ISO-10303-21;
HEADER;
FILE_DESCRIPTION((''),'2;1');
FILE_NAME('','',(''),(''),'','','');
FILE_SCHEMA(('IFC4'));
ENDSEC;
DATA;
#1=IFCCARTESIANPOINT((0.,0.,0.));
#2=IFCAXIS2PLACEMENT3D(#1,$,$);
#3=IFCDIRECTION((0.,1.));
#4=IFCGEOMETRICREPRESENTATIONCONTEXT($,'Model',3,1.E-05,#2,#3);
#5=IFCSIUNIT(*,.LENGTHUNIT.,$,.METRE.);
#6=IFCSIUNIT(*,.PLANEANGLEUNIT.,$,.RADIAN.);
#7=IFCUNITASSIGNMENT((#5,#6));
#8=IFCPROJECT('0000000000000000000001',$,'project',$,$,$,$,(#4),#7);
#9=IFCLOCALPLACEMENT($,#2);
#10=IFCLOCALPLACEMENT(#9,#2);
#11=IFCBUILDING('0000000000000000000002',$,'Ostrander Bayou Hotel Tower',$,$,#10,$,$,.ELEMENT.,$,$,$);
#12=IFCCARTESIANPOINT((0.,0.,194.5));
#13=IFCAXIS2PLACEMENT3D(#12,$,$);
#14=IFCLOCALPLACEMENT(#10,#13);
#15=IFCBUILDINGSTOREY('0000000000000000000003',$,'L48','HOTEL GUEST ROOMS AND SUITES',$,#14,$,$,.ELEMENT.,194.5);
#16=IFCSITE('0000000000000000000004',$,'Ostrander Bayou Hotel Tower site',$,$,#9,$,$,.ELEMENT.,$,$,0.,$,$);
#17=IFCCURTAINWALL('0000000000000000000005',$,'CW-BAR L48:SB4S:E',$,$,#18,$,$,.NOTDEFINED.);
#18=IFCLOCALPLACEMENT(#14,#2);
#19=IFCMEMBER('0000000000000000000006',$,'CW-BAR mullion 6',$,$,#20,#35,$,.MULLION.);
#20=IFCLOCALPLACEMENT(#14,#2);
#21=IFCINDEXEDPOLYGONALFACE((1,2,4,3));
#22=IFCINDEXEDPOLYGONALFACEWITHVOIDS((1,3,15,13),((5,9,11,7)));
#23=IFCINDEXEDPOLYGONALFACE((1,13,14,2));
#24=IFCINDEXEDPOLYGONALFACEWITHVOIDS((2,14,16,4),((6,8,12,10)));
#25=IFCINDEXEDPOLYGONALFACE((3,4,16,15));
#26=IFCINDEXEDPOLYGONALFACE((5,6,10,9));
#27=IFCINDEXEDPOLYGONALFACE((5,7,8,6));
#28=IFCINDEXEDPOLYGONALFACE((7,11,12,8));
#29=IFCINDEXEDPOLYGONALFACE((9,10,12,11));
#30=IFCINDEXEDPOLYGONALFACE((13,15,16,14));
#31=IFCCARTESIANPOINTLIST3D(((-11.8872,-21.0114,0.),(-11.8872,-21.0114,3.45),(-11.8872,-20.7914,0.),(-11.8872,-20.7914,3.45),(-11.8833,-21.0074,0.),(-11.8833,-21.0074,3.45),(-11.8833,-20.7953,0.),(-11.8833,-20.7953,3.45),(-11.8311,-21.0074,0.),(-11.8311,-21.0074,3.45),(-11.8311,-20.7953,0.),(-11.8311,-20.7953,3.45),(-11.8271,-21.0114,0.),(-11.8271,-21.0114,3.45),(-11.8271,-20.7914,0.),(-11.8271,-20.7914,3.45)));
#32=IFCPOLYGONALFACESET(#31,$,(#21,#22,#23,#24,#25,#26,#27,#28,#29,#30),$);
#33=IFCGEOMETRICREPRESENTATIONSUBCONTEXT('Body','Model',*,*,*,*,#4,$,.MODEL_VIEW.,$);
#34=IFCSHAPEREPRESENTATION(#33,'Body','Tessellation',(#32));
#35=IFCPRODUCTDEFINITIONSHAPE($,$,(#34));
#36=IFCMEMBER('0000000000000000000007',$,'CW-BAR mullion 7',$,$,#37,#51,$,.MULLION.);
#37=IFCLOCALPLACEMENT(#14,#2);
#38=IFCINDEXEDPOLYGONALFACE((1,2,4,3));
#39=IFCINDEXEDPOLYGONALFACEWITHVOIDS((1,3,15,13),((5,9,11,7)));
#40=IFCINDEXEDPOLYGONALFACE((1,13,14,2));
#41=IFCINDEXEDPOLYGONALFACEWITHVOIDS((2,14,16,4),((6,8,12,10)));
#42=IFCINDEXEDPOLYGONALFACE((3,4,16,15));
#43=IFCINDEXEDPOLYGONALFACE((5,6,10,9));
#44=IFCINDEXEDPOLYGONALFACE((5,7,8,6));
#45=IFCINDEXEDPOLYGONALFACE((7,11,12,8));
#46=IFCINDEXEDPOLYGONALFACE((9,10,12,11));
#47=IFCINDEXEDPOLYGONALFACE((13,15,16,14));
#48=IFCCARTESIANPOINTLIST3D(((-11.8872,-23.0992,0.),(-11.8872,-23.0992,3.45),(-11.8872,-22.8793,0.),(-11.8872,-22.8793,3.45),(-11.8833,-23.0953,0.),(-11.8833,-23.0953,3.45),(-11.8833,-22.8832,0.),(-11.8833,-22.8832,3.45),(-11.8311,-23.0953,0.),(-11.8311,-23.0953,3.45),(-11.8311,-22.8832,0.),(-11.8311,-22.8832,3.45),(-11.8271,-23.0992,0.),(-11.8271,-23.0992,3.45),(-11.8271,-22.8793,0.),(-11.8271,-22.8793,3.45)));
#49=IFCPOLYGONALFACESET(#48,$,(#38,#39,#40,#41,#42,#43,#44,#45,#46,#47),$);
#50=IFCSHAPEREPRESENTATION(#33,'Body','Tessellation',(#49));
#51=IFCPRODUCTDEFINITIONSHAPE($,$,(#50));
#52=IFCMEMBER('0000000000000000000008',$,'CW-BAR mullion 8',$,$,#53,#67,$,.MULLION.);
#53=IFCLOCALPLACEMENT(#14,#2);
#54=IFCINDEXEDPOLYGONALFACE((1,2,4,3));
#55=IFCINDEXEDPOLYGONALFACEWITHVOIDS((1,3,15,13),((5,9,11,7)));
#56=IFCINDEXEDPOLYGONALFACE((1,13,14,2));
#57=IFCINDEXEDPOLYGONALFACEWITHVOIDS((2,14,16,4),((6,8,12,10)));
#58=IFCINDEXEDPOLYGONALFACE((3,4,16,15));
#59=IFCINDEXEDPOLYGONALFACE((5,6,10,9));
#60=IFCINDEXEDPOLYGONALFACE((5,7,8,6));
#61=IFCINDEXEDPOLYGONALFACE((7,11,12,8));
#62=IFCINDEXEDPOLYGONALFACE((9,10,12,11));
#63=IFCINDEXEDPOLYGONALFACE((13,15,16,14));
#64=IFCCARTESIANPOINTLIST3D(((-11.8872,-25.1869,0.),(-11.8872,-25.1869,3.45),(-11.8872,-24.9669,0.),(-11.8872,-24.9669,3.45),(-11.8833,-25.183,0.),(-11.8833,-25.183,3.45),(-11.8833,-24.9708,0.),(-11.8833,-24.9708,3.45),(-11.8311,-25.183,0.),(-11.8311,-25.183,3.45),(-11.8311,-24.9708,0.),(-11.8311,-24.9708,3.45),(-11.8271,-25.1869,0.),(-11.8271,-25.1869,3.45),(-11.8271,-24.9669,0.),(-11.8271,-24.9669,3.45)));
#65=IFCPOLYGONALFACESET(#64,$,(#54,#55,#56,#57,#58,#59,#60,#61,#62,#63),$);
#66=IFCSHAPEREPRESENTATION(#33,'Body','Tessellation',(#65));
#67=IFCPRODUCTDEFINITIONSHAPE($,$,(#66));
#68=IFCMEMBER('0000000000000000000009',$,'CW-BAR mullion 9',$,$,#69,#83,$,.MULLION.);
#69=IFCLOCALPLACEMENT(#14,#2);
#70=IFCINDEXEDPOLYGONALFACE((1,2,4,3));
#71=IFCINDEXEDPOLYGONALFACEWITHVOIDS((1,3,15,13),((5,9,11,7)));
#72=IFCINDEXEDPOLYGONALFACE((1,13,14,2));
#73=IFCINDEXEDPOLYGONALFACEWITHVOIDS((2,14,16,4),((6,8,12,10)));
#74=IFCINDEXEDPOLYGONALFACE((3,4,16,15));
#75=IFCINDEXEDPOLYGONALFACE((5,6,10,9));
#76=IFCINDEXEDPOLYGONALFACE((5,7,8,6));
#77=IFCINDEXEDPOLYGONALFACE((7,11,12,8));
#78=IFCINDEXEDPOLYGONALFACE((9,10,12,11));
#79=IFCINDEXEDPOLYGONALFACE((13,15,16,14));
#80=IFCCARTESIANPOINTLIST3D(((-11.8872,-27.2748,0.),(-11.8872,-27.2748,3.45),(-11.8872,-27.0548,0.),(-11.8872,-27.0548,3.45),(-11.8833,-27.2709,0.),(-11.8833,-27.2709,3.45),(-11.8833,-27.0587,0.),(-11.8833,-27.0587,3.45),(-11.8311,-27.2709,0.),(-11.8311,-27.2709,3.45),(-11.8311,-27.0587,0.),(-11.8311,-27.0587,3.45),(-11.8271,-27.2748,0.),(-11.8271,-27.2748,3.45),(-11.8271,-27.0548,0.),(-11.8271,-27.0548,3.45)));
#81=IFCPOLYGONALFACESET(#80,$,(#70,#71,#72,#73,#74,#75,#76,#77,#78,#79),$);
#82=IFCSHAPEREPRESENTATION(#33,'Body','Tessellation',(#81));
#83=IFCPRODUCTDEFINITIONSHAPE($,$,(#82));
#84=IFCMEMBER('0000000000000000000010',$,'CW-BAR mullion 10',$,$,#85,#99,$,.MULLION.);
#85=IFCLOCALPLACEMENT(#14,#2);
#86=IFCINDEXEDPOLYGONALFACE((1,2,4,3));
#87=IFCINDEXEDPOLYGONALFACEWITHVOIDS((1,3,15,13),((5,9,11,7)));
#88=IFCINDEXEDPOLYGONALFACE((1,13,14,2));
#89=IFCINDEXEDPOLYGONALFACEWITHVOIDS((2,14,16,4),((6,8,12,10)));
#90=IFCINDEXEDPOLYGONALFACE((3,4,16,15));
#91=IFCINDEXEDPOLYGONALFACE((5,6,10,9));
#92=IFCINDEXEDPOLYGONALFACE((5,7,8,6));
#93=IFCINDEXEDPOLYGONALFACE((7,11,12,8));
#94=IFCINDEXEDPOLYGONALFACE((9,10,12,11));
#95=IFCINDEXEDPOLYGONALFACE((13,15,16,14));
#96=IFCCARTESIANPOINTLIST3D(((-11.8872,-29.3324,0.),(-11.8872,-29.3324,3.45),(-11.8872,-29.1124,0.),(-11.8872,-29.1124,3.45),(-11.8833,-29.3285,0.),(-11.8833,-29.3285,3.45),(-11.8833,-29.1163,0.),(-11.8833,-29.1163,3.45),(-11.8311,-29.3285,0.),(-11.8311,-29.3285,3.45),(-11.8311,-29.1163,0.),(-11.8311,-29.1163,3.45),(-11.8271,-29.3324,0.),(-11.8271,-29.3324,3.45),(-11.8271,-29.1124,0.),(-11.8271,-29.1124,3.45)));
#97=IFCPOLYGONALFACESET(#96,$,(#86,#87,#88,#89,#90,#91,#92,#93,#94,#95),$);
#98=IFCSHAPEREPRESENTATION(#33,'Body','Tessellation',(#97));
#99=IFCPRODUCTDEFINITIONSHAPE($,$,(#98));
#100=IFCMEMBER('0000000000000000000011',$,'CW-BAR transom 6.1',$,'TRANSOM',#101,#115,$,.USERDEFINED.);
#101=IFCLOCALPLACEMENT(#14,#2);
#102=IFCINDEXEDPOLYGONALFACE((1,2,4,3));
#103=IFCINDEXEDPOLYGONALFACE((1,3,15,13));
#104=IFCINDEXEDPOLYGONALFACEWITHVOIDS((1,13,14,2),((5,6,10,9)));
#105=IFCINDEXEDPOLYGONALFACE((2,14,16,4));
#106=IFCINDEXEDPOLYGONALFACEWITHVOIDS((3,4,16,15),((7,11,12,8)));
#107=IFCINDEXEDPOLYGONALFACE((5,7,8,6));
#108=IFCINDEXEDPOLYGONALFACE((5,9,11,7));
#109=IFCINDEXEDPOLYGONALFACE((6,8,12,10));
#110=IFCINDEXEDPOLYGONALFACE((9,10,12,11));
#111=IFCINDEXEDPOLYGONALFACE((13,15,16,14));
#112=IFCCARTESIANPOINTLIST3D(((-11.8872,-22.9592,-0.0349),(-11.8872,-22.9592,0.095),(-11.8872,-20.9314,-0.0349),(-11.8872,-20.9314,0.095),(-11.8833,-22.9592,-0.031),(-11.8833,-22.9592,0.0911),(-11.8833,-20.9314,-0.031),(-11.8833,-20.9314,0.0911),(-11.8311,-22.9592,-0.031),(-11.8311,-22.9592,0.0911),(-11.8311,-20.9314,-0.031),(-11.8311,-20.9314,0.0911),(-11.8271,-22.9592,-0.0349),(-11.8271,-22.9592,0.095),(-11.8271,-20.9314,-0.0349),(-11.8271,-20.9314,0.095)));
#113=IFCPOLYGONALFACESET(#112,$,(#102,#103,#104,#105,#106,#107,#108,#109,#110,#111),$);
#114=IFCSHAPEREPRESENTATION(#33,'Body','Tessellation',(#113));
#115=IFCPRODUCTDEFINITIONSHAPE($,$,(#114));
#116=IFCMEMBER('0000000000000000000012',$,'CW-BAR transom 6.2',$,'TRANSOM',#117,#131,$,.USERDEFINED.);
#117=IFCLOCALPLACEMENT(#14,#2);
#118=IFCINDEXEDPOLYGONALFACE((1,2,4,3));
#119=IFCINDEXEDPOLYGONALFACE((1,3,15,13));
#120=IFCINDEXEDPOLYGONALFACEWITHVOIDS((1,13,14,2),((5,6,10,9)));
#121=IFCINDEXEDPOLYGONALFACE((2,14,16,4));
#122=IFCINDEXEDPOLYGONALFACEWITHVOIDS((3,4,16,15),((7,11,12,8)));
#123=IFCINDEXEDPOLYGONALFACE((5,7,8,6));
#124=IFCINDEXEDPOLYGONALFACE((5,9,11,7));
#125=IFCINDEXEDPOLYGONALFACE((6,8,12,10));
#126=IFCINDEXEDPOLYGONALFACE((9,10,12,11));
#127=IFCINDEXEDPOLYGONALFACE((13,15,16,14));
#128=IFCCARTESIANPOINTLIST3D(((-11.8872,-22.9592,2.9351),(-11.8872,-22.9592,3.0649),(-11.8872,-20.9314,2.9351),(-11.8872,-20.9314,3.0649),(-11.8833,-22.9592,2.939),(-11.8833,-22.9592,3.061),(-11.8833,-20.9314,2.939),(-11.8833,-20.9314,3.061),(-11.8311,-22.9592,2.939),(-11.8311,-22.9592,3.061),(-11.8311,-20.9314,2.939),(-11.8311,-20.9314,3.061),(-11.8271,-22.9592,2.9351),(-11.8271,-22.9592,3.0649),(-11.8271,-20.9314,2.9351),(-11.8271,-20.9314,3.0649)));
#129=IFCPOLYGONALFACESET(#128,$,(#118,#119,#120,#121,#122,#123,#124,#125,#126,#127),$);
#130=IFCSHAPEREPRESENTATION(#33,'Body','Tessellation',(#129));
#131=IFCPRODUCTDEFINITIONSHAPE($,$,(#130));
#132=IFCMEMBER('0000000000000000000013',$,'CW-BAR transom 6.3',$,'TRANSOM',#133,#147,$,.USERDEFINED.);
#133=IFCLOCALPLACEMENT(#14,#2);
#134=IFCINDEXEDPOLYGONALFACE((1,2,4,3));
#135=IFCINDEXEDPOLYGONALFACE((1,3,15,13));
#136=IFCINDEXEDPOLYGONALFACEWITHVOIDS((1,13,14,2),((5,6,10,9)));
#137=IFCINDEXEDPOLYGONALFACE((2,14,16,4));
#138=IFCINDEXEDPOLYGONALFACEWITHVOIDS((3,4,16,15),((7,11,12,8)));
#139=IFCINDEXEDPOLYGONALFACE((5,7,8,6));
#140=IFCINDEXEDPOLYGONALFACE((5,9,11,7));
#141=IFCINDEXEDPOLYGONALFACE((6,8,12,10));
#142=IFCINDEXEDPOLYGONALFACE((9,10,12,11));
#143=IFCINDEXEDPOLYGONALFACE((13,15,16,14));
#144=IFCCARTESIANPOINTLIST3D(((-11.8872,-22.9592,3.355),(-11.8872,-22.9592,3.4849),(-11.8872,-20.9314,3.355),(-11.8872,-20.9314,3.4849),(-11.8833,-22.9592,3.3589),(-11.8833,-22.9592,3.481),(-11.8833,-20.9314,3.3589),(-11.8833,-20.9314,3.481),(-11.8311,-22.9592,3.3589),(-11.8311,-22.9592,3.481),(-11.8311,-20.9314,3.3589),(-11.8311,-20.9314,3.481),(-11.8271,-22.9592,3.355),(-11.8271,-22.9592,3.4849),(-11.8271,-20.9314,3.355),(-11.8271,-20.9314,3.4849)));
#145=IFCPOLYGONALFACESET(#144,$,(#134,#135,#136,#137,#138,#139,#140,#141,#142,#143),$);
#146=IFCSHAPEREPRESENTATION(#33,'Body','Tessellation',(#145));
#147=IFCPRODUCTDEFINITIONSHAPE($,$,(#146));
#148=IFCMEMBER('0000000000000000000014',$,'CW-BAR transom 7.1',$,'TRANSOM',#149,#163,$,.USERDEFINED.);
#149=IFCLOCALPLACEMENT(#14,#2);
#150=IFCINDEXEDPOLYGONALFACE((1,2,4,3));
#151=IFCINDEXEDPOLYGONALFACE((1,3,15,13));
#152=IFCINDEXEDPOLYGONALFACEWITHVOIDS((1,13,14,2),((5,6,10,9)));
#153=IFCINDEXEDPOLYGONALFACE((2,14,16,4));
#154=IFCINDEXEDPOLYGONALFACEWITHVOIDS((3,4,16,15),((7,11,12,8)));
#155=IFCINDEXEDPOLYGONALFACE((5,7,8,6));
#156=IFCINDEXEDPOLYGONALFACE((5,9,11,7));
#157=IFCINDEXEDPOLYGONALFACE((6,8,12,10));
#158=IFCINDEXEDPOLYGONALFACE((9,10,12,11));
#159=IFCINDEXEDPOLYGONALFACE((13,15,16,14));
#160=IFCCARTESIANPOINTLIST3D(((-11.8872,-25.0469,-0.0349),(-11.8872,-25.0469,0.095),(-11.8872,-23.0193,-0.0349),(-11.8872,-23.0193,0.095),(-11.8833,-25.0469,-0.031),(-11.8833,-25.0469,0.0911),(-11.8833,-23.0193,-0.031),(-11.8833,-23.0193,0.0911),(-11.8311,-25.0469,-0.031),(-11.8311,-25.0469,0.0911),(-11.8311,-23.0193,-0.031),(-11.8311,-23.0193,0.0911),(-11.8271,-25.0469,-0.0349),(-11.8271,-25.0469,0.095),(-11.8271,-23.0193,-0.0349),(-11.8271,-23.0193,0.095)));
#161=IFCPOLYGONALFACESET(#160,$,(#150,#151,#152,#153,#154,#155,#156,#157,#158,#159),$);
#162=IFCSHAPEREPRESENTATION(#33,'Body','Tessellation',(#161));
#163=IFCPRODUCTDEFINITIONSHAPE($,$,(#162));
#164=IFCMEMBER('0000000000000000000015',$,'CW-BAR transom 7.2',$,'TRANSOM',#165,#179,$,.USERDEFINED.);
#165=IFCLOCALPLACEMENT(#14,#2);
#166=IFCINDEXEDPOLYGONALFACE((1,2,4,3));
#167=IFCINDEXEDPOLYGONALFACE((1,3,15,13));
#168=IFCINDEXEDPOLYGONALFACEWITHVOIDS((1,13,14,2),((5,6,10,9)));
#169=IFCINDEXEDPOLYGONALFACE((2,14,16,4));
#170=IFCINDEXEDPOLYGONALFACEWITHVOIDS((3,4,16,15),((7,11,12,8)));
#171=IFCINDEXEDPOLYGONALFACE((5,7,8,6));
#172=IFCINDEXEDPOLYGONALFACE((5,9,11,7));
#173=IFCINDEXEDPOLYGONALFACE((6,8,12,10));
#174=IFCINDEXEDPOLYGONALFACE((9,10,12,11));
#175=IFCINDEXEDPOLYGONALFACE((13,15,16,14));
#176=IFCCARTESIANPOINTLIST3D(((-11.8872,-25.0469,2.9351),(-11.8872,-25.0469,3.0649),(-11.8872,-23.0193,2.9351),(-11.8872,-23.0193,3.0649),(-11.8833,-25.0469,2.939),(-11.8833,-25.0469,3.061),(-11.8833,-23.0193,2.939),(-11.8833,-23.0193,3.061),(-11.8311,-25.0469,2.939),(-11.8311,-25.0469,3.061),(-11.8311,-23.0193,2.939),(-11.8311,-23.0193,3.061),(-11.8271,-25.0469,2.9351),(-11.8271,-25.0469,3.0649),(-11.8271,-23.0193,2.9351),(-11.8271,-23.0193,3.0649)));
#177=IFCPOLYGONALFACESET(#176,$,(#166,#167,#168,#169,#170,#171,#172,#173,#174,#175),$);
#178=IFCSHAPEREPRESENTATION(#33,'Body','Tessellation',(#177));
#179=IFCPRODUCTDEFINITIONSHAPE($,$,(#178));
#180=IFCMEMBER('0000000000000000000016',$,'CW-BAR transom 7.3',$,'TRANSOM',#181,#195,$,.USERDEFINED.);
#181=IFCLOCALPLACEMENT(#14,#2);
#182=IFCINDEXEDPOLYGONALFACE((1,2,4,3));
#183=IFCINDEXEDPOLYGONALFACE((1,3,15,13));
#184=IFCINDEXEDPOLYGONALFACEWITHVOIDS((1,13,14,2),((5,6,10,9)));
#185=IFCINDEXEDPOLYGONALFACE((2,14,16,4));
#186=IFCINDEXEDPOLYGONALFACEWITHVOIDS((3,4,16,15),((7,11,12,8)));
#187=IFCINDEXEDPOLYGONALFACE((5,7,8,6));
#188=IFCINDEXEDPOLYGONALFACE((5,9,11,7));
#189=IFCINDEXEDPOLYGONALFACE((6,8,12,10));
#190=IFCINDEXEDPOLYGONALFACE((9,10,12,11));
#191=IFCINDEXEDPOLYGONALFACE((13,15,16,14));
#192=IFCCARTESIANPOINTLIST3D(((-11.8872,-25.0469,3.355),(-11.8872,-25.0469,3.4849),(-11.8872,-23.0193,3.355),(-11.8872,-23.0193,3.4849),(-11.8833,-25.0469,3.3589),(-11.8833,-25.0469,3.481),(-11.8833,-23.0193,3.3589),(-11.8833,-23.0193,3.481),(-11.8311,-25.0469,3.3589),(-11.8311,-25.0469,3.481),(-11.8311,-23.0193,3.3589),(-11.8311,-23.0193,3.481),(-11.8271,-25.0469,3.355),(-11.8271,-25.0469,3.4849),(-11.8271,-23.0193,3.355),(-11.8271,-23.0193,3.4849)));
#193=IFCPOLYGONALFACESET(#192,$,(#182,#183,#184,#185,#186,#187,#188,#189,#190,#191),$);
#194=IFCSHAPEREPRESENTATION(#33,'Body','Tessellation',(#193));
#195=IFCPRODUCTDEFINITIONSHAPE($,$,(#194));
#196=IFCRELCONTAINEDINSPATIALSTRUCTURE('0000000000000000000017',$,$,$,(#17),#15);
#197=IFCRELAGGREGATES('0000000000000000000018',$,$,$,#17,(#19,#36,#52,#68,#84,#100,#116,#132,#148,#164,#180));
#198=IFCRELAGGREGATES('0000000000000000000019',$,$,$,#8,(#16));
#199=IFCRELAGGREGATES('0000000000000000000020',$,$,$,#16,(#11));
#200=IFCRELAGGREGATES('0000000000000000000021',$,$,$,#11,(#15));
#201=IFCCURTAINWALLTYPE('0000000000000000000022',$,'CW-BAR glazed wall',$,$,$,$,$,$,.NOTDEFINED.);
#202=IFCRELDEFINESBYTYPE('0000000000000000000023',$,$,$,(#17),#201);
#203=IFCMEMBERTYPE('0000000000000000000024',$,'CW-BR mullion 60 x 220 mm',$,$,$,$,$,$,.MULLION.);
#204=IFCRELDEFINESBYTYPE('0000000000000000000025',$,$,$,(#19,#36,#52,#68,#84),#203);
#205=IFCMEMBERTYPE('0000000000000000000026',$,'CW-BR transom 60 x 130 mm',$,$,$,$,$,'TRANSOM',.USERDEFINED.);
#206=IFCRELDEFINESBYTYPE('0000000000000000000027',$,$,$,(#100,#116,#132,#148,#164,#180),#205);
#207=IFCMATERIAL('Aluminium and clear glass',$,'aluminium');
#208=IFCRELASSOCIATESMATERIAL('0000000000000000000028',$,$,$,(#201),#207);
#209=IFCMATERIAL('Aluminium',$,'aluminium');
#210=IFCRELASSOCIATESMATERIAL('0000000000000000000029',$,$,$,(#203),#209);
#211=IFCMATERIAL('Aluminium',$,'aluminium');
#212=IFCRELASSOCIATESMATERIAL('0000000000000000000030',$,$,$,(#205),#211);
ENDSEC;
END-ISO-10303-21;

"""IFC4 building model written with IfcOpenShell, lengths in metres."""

from ifc_helpers import new_model, si_unit, direction, frame, origin, origin_2d, place, context, subcontext, project, spatial, hollow_rectangle, extrude, material, material_profile, profile_set, type_object, element, aggregate, save


model = new_model("IFC4")

# Units and contexts
model_context = context("Model", 3, precision=1e-05, world=origin(), true_north=direction((0.0, 1.0)))
body_context = subcontext(model_context, "Body", "Model", "MODEL_VIEW")
ifc_project = project(units=[si_unit("LENGTHUNIT", "METRE"), si_unit("PLANEANGLEUNIT", "RADIAN")], contexts=[model_context])

# Site, building, storey
site_placement = place(None, origin())
site = spatial("IfcSite", under=ifc_project, at=site_placement, Name="Ostrander Bayou Hotel Tower site", CompositionType="ELEMENT", RefElevation=0.0)
building_placement = place(site_placement, origin())
building = spatial("IfcBuilding", under=site, at=building_placement, Name="Ostrander Bayou Hotel Tower", CompositionType="ELEMENT")
storey_placement = place(building_placement, frame((0.0, 0.0, 194.5)))
storey = spatial("IfcBuildingStorey", under=building, at=storey_placement, Name="L48", Description="HOTEL GUEST ROOMS AND SUITES", CompositionType="ELEMENT", Elevation=194.5)

# Curtain wall, members
ifc_material_1 = material(Name="Aluminium and clear glass", Category="aluminium")
curtain_wall_type = type_object("IfcCurtainWallType", Name="CW-BAR glazed wall", PredefinedType="NOTDEFINED", material=ifc_material_1)
curtain_wall_placement = place(storey_placement, origin())
curtain_wall = element("IfcCurtainWall", 1, at=curtain_wall_placement, inside=storey, type_object=curtain_wall_type, Name="CW-BAR L48:SB4S:E", PredefinedType="NOTDEFINED")
ifc_material_2 = material(Name="Aluminium", Category="aluminium")
ifc_material_profile_1 = material_profile(ifc_material_2, hollow_rectangle(XDim=0.0601, YDim=0.22, WallThickness=0.0039, at=origin_2d()))
ifc_profile_set_1 = profile_set([ifc_material_profile_1], Name="Aluminium")
member_type_1 = type_object("IfcMemberType", Name="CW-BR mullion 60 x 220 mm", PredefinedType="MULLION", material=ifc_profile_set_1)
member_1_placement = place(storey_placement, frame((-11.8572, -20.9014, 0.0), z_axis=(0.0, 0.0, 1.0), x_axis=(1.0, 0.0, 0.0)))
member_1 = element("IfcMember", 2, at=member_1_placement, type_object=member_type_1, Name="CW-BAR mullion 6", PredefinedType="MULLION", context=body_context, shape_type="SweptSolid", body=[
    extrude(hollow_rectangle(XDim=0.0601, YDim=0.22, WallThickness=0.0039, at=origin_2d()), origin(), (0.0, 0.0, 1.0), 3.45),
])
member_2_placement = place(storey_placement, frame((-11.8572, -22.9893, 0.0), z_axis=(0.0, 0.0, 1.0), x_axis=(1.0, 0.0, 0.0)))
member_2 = element("IfcMember", 3, at=member_2_placement, type_object=member_type_1, Name="CW-BAR mullion 7", PredefinedType="MULLION", context=body_context, shape_type="SweptSolid", body=[
    extrude(hollow_rectangle(XDim=0.0601, YDim=0.22, WallThickness=0.0039, at=origin_2d()), origin(), (0.0, 0.0, 1.0), 3.45),
])
member_3_placement = place(storey_placement, frame((-11.8572, -25.0769, 0.0), z_axis=(0.0, 0.0, 1.0), x_axis=(1.0, 0.0, 0.0)))
member_3 = element("IfcMember", 4, at=member_3_placement, type_object=member_type_1, Name="CW-BAR mullion 8", PredefinedType="MULLION", context=body_context, shape_type="SweptSolid", body=[
    extrude(hollow_rectangle(XDim=0.0601, YDim=0.22, WallThickness=0.0039, at=origin_2d()), origin(), (0.0, 0.0, 1.0), 3.45),
])
member_4_placement = place(storey_placement, frame((-11.8572, -27.1648, 0.0), z_axis=(0.0, 0.0, 1.0), x_axis=(1.0, 0.0, 0.0)))
member_4 = element("IfcMember", 5, at=member_4_placement, type_object=member_type_1, Name="CW-BAR mullion 9", PredefinedType="MULLION", context=body_context, shape_type="SweptSolid", body=[
    extrude(hollow_rectangle(XDim=0.0601, YDim=0.22, WallThickness=0.0039, at=origin_2d()), origin(), (0.0, 0.0, 1.0), 3.45),
])
member_5_placement = place(storey_placement, frame((-11.8572, -29.2224, 0.0), z_axis=(0.0, 0.0, 1.0), x_axis=(1.0, 0.0, 0.0)))
member_5 = element("IfcMember", 6, at=member_5_placement, type_object=member_type_1, Name="CW-BAR mullion 10", PredefinedType="MULLION", context=body_context, shape_type="SweptSolid", body=[
    extrude(hollow_rectangle(XDim=0.0601, YDim=0.22, WallThickness=0.0039, at=origin_2d()), origin(), (0.0, 0.0, 1.0), 3.45),
])
ifc_material_3 = material(Name="Aluminium", Category="aluminium")
ifc_material_profile_2 = material_profile(ifc_material_3, hollow_rectangle(XDim=0.0601, YDim=0.1299, WallThickness=0.0039, at=origin_2d()))
ifc_profile_set_2 = profile_set([ifc_material_profile_2], Name="Aluminium")
member_type_2 = type_object("IfcMemberType", Name="CW-BR transom 60 x 130 mm", ElementType="TRANSOM", PredefinedType="USERDEFINED", material=ifc_profile_set_2)
member_6_placement = place(storey_placement, frame((-11.8572, -20.9314, 0.03), z_axis=(0.0, -1.0, 0.0), x_axis=(1.0, 0.0, 0.0)))
member_6 = element("IfcMember", 7, at=member_6_placement, type_object=member_type_2, Name="CW-BAR transom 6.1", ObjectType="TRANSOM", PredefinedType="USERDEFINED", context=body_context, shape_type="SweptSolid", body=[
    extrude(hollow_rectangle(XDim=0.0601, YDim=0.1299, WallThickness=0.0039, at=origin_2d()), origin(), (0.0, 0.0, 1.0), 2.0278),
])
member_7_placement = place(storey_placement, frame((-11.8572, -20.9314, 3.0), z_axis=(0.0, -1.0, 0.0), x_axis=(1.0, 0.0, 0.0)))
member_7 = element("IfcMember", 8, at=member_7_placement, type_object=member_type_2, Name="CW-BAR transom 6.2", ObjectType="TRANSOM", PredefinedType="USERDEFINED", context=body_context, shape_type="SweptSolid", body=[
    extrude(hollow_rectangle(XDim=0.0601, YDim=0.1299, WallThickness=0.0039, at=origin_2d()), origin(), (0.0, 0.0, 1.0), 2.0278),
])
member_8_placement = place(storey_placement, frame((-11.8572, -20.9314, 3.4199), z_axis=(0.0, -1.0, 0.0), x_axis=(1.0, 0.0, 0.0)))
member_8 = element("IfcMember", 9, at=member_8_placement, type_object=member_type_2, Name="CW-BAR transom 6.3", ObjectType="TRANSOM", PredefinedType="USERDEFINED", context=body_context, shape_type="SweptSolid", body=[
    extrude(hollow_rectangle(XDim=0.0601, YDim=0.1299, WallThickness=0.0039, at=origin_2d()), origin(), (0.0, 0.0, 1.0), 2.0278),
])
member_9_placement = place(storey_placement, frame((-11.8572, -23.0193, 0.03), z_axis=(0.0, -1.0, 0.0), x_axis=(1.0, 0.0, 0.0)))
member_9 = element("IfcMember", 10, at=member_9_placement, type_object=member_type_2, Name="CW-BAR transom 7.1", ObjectType="TRANSOM", PredefinedType="USERDEFINED", context=body_context, shape_type="SweptSolid", body=[
    extrude(hollow_rectangle(XDim=0.0601, YDim=0.1299, WallThickness=0.0039, at=origin_2d()), origin(), (0.0, 0.0, 1.0), 2.0276),
])
member_10_placement = place(storey_placement, frame((-11.8572, -23.0193, 3.0), z_axis=(0.0, -1.0, 0.0), x_axis=(1.0, 0.0, 0.0)))
member_10 = element("IfcMember", 11, at=member_10_placement, type_object=member_type_2, Name="CW-BAR transom 7.2", ObjectType="TRANSOM", PredefinedType="USERDEFINED", context=body_context, shape_type="SweptSolid", body=[
    extrude(hollow_rectangle(XDim=0.0601, YDim=0.1299, WallThickness=0.0039, at=origin_2d()), origin(), (0.0, 0.0, 1.0), 2.0276),
])
member_11_placement = place(storey_placement, frame((-11.8572, -23.0193, 3.4199), z_axis=(0.0, -1.0, 0.0), x_axis=(1.0, 0.0, 0.0)))
member_11 = element("IfcMember", 12, at=member_11_placement, type_object=member_type_2, Name="CW-BAR transom 7.3", ObjectType="TRANSOM", PredefinedType="USERDEFINED", context=body_context, shape_type="SweptSolid", body=[
    extrude(hollow_rectangle(XDim=0.0601, YDim=0.1299, WallThickness=0.0039, at=origin_2d()), origin(), (0.0, 0.0, 1.0), 2.0276),
])

aggregate(curtain_wall, [member_1, member_2, member_3, member_4, member_5, member_6, member_7, member_8, member_9, member_10, member_11])

save(model, "model.ifc")
